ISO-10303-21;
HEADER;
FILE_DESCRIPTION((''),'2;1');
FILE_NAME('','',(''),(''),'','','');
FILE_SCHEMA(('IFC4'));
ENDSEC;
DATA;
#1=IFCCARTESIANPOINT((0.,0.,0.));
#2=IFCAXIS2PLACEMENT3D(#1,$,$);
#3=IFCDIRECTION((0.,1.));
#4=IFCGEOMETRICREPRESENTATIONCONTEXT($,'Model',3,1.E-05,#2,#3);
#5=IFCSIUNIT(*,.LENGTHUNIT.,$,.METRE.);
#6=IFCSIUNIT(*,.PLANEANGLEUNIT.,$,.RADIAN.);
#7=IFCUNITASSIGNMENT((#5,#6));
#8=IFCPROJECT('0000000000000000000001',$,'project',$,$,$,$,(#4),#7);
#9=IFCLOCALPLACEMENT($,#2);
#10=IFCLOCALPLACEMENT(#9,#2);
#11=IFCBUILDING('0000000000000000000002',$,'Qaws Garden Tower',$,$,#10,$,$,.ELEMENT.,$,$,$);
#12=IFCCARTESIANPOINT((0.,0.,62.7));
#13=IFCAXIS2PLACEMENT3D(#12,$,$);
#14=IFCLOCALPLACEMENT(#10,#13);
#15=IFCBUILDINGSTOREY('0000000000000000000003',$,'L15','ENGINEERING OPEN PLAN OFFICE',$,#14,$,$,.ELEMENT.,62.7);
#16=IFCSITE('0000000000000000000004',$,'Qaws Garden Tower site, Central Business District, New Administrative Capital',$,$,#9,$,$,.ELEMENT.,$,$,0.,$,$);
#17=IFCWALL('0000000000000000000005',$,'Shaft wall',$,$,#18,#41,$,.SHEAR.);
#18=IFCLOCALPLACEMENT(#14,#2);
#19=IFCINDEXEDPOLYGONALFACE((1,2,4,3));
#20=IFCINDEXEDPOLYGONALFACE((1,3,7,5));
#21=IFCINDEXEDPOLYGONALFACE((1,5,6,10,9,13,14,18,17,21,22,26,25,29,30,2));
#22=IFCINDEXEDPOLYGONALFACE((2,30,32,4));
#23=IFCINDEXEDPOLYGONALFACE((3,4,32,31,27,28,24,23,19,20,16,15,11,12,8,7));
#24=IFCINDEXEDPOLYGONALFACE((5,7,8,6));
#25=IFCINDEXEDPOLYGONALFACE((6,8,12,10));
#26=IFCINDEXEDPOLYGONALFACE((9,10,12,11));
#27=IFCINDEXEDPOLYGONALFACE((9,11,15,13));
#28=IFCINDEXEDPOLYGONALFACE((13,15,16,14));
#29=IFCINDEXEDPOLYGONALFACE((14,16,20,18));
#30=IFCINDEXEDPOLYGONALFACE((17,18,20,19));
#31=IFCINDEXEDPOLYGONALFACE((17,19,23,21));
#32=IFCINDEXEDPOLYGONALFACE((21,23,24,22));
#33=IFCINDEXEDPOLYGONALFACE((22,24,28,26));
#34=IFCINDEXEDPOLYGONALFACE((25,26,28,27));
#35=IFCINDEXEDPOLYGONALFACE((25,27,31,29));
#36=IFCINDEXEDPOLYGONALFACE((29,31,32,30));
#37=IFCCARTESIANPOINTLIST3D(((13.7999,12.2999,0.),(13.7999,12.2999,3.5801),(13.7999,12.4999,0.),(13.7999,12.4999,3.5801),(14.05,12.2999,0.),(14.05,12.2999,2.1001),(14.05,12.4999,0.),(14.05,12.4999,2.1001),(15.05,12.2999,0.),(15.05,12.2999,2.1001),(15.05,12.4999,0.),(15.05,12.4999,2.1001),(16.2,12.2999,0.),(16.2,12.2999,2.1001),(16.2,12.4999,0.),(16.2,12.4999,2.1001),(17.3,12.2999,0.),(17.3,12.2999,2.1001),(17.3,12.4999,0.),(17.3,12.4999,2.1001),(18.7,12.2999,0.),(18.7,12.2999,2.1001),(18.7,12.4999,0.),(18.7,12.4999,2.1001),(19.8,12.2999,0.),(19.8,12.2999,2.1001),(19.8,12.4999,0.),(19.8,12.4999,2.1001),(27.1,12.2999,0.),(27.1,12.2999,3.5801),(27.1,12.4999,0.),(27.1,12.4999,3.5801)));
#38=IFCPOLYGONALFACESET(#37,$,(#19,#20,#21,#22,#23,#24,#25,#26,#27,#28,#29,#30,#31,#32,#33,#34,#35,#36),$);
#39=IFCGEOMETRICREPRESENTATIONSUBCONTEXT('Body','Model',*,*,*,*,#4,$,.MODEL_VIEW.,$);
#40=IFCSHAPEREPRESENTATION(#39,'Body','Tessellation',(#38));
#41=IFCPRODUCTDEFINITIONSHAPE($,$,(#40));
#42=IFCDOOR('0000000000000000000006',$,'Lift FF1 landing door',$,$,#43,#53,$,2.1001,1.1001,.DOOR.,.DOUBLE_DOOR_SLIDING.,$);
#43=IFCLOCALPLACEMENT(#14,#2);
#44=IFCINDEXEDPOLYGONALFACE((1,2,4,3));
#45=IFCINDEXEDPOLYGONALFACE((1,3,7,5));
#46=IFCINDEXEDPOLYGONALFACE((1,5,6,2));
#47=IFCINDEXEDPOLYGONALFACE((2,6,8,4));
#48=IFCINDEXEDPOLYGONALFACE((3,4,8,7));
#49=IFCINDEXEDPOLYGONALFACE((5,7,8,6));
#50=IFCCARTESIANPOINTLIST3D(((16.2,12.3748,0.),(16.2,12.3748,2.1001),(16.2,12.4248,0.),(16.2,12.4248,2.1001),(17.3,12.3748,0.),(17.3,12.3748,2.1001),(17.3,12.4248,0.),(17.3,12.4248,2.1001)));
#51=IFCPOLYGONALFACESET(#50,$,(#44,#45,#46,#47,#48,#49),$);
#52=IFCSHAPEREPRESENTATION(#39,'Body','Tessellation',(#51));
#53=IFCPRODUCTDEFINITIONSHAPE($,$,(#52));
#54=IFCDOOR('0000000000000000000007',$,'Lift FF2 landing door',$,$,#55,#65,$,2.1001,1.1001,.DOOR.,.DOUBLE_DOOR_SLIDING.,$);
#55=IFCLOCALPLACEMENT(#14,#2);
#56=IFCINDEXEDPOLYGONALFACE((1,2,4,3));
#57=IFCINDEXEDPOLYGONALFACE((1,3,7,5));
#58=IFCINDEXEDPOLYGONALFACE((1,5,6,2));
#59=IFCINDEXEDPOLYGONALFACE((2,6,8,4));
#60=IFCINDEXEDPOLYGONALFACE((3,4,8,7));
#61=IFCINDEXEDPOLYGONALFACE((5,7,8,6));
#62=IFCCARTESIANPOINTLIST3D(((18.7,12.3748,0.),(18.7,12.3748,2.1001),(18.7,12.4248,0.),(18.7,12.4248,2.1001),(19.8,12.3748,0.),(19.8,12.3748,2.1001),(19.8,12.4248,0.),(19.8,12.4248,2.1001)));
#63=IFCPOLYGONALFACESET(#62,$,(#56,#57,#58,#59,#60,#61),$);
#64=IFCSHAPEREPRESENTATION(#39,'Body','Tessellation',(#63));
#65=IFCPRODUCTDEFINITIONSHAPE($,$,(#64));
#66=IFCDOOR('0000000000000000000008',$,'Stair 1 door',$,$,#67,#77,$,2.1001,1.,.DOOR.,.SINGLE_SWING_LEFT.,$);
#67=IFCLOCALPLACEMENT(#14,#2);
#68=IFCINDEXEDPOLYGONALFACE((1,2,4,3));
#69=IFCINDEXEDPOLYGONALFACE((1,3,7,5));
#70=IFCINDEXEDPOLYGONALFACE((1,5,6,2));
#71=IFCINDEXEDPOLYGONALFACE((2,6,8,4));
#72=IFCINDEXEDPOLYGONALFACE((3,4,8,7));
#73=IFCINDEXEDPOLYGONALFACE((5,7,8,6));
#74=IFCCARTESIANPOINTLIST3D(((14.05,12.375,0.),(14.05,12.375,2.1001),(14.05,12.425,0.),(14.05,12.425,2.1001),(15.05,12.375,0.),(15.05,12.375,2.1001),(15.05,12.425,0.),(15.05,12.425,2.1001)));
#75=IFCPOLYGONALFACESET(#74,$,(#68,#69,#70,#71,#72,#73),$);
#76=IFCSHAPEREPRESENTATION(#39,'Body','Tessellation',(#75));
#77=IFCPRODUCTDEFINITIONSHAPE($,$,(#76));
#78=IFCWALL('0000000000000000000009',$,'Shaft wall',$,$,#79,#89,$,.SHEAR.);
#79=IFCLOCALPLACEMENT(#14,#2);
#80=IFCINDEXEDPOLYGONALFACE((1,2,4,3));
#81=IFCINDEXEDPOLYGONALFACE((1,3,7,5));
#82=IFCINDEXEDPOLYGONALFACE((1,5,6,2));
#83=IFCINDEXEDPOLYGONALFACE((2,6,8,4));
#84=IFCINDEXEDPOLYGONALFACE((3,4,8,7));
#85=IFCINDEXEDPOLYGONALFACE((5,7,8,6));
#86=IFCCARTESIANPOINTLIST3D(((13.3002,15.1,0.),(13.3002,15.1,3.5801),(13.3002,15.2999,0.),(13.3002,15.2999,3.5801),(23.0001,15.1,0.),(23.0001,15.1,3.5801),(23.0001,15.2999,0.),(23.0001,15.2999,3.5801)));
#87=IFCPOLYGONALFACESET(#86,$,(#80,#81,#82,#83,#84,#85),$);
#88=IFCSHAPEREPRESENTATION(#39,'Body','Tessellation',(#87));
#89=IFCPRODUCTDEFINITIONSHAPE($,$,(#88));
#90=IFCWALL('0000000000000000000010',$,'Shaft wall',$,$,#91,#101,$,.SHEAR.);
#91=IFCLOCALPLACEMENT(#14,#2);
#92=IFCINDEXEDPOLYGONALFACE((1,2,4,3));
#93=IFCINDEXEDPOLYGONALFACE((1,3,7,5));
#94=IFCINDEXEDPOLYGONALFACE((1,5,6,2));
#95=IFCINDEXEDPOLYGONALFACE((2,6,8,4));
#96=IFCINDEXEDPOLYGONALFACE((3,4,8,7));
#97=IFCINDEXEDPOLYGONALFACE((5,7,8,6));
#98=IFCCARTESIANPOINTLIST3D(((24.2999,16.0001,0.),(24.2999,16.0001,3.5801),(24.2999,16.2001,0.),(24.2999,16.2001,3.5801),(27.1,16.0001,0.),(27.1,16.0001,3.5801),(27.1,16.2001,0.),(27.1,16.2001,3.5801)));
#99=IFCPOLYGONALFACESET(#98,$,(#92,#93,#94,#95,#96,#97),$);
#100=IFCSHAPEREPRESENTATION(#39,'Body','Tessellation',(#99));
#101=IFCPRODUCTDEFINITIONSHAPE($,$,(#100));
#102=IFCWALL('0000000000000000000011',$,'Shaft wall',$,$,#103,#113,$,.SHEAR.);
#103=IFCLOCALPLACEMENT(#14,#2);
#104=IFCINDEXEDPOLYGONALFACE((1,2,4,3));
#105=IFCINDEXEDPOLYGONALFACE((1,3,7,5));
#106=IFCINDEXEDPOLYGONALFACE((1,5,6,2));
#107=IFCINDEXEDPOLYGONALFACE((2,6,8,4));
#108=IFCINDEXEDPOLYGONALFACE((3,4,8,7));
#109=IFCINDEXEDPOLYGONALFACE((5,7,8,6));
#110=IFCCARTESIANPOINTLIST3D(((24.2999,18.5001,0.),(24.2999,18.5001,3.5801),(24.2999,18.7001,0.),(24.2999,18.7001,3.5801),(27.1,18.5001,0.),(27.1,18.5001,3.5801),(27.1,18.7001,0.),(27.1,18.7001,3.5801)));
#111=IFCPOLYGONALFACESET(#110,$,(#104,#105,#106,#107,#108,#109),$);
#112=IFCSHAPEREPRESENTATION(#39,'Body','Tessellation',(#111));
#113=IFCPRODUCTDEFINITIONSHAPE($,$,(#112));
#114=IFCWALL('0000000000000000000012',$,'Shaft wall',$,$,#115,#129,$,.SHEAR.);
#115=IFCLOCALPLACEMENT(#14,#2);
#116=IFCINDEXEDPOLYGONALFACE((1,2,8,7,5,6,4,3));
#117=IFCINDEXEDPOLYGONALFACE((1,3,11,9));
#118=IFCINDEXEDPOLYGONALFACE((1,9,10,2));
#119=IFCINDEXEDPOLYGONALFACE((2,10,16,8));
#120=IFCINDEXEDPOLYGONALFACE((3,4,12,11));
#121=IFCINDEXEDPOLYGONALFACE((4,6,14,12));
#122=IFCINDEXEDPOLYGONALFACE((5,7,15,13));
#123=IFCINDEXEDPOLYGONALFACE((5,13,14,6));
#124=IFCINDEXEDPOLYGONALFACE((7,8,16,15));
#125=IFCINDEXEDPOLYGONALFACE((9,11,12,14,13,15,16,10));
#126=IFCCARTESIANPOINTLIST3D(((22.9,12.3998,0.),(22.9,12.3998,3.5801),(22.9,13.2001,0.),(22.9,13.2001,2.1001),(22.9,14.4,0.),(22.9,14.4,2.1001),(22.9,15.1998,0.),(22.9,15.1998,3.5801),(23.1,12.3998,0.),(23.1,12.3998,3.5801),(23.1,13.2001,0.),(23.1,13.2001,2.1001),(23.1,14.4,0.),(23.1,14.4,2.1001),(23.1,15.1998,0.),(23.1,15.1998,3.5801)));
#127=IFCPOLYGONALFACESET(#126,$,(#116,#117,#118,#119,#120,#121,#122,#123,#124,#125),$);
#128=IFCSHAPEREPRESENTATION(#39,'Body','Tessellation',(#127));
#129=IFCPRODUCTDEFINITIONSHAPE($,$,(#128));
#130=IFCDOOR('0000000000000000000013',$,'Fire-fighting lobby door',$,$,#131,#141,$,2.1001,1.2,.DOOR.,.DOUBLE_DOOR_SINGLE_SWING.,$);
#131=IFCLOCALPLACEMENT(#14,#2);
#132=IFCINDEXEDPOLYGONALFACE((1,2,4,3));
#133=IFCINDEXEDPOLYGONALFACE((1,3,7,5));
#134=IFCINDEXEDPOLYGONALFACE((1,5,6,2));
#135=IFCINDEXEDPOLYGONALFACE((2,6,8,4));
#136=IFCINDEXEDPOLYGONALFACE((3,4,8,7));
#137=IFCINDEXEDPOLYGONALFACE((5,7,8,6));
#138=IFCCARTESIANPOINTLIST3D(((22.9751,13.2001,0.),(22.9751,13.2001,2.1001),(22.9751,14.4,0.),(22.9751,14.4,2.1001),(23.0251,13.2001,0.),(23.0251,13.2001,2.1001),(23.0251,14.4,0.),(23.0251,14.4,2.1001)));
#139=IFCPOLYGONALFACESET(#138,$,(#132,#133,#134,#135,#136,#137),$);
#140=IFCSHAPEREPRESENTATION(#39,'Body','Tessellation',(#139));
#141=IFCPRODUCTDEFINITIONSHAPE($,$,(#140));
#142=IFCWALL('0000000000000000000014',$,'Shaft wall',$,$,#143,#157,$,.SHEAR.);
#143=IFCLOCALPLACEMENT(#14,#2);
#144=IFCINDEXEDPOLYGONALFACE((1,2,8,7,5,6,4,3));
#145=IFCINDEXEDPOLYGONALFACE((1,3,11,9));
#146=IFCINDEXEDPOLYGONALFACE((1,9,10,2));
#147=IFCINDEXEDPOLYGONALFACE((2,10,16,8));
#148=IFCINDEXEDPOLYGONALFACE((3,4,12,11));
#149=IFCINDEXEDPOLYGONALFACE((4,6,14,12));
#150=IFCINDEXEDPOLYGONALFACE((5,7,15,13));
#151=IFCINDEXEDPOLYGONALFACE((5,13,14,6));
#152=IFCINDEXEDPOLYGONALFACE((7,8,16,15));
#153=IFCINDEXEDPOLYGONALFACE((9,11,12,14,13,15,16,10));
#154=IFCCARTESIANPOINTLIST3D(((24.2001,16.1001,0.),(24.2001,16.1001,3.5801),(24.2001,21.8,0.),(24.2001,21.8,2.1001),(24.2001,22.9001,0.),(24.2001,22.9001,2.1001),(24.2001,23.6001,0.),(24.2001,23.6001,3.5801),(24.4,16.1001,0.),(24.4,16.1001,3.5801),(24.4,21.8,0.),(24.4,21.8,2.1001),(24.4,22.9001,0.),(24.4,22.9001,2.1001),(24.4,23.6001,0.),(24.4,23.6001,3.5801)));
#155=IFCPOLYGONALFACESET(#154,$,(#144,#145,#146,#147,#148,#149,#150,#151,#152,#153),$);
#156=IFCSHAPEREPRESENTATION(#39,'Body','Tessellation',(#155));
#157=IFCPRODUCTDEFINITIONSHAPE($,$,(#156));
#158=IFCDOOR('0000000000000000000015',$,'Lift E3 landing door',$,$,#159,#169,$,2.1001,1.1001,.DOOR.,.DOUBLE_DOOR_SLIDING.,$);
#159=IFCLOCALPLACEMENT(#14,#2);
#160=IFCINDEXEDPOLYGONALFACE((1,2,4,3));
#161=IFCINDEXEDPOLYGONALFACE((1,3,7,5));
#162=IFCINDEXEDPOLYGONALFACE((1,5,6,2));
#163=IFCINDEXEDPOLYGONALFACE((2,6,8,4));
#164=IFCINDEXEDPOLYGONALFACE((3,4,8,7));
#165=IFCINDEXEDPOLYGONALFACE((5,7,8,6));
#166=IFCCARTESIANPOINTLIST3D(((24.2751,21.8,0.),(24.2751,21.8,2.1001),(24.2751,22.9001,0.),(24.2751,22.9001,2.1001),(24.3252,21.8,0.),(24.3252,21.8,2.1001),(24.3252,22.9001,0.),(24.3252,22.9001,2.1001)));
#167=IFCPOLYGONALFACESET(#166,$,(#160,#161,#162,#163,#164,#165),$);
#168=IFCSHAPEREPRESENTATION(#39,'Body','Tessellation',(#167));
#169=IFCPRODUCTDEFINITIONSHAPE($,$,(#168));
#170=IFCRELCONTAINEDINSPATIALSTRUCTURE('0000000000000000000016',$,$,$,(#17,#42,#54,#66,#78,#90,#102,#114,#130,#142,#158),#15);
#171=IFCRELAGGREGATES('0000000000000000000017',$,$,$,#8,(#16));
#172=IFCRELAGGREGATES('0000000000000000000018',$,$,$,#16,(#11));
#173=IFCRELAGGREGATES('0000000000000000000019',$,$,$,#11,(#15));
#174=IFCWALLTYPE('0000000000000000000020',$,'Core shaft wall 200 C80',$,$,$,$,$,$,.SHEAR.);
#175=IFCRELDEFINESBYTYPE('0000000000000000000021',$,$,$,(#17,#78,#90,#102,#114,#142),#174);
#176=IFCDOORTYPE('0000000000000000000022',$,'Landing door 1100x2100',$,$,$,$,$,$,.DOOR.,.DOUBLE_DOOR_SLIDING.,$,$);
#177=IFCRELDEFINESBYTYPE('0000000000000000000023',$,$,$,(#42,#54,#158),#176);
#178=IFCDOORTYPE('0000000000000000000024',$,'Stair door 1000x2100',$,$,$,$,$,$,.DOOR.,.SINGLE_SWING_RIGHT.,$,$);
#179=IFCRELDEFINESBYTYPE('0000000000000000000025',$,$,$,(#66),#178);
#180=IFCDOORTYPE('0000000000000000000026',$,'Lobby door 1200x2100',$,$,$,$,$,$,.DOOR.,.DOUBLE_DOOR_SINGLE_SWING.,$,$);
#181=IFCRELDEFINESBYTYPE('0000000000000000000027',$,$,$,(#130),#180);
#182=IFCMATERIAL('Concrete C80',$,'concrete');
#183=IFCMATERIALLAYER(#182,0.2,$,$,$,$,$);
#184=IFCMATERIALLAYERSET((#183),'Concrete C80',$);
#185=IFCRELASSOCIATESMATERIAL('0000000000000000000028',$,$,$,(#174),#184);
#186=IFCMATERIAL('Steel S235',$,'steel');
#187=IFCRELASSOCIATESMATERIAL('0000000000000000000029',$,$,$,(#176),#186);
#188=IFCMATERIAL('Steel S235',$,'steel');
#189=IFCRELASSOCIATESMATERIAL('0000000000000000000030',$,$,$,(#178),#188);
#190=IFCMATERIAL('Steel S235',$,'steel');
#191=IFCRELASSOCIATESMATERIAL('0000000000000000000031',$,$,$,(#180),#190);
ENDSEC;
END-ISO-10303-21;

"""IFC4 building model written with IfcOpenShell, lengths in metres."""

from ifc_helpers import new_model, si_unit, direction, frame, frame_2d, origin, place, context, subcontext, project, spatial, rectangle, extrude, material, layer, layer_set, type_object, element, fill, save


model = new_model("IFC4")

# Units and contexts
model_context = context("Model", 3, precision=1e-05, world=origin(), true_north=direction((0.0, 1.0)))
body_context = subcontext(model_context, "Body", "Model", "MODEL_VIEW")
ifc_project = project(units=[si_unit("LENGTHUNIT", "METRE"), si_unit("PLANEANGLEUNIT", "RADIAN")], contexts=[model_context])

# Site, building, storey
site_placement = place(None, origin())
site = spatial("IfcSite", under=ifc_project, at=site_placement, Name="Qaws Garden Tower site, Central Business District, New Administrative Capital", CompositionType="ELEMENT", RefElevation=0.0)
building_placement = place(site_placement, origin())
building = spatial("IfcBuilding", under=site, at=building_placement, Name="Qaws Garden Tower", CompositionType="ELEMENT")
storey_placement = place(building_placement, frame((0.0, 0.0, 62.7)))
storey = spatial("IfcBuildingStorey", under=building, at=storey_placement, Name="L15", Description="ENGINEERING OPEN PLAN OFFICE", CompositionType="ELEMENT", Elevation=62.7)

# Wall, openings, doors
ifc_material_1 = material(Name="Concrete C80", Category="concrete")
ifc_layer_1 = layer(ifc_material_1, 0.2)
ifc_layer_set_1 = layer_set([ifc_layer_1], Name="Concrete C80")
wall_type_1 = type_object("IfcWallType", Name="Core shaft wall 200 C80", PredefinedType="SHEAR", material=ifc_layer_set_1)
wall_1_placement = place(storey_placement, frame((13.8, 12.3999, 0.0), z_axis=(0.0, 0.0, 1.0), x_axis=(1.0, 0.0, 0.0)))
wall_1 = element("IfcWall", 1, at=wall_1_placement, inside=storey, type_object=wall_type_1, Name="Shaft wall", PredefinedType="SHEAR", context=body_context, shape_type="SweptSolid", body=[
    extrude(rectangle(XDim=13.3, YDim=0.2, at=frame_2d((6.6499, 0.0))), origin(), (0.0, 0.0, 1.0), 3.5801),
])
opening_1_placement = place(wall_1_placement, frame((2.3999, 0.0, 0.0)))
opening_1 = element("IfcOpeningElement", 2, at=opening_1_placement, cuts=wall_1, PredefinedType="OPENING", context=body_context, shape_type="SweptSolid", body=[
    extrude(rectangle(XDim=1.1001, YDim=2.1001, at=frame_2d((0.55, 1.05))), frame((0.0, 0.1099, 0.0), z_axis=(0.0, -1.0, 0.0), x_axis=(1.0, 0.0, 0.0)), (0.0, 0.0, 1.0), 0.22),
])
opening_2_placement = place(wall_1_placement, frame((4.8999, 0.0, 0.0)))
opening_2 = element("IfcOpeningElement", 3, at=opening_2_placement, cuts=wall_1, PredefinedType="OPENING", context=body_context, shape_type="SweptSolid", body=[
    extrude(rectangle(XDim=1.1001, YDim=2.1001, at=frame_2d((0.55, 1.05))), frame((0.0, 0.1099, 0.0), z_axis=(0.0, -1.0, 0.0), x_axis=(1.0, 0.0, 0.0)), (0.0, 0.0, 1.0), 0.22),
])
opening_3_placement = place(wall_1_placement, frame((0.25, 0.0, 0.0)))
opening_3 = element("IfcOpeningElement", 4, at=opening_3_placement, cuts=wall_1, PredefinedType="OPENING", context=body_context, shape_type="SweptSolid", body=[
    extrude(rectangle(XDim=1.0, YDim=2.1001, at=frame_2d((0.5, 1.05))), frame((0.0, 0.1099, 0.0), z_axis=(0.0, -1.0, 0.0), x_axis=(1.0, 0.0, 0.0)), (0.0, 0.0, 1.0), 0.22),
])
ifc_material_2 = material(Name="Steel S235", Category="steel")
door_type_1 = type_object("IfcDoorType", Name="Landing door 1100x2100", OperationType="DOUBLE_DOOR_SLIDING", PredefinedType="DOOR", material=ifc_material_2)
door_1_placement = place(opening_1_placement, origin())
door_1 = element("IfcDoor", 5, at=door_1_placement, inside=storey, type_object=door_type_1, Name="Lift FF1 landing door", OperationType="DOUBLE_DOOR_SLIDING", OverallHeight=2.1001, OverallWidth=1.1001, PredefinedType="DOOR", context=body_context, shape_type="SweptSolid", body=[
    extrude(rectangle(XDim=1.1001, YDim=2.1001, at=frame_2d((0.55, 1.05))), frame((0.0, 0.0249, 0.0), z_axis=(0.0, -1.0, 0.0), x_axis=(1.0, 0.0, 0.0)), (0.0, 0.0, 1.0), 0.05),
])
fill(opening_1, door_1)
door_2_placement = place(opening_2_placement, origin())
door_2 = element("IfcDoor", 6, at=door_2_placement, inside=storey, type_object=door_type_1, Name="Lift FF2 landing door", OperationType="DOUBLE_DOOR_SLIDING", OverallHeight=2.1001, OverallWidth=1.1001, PredefinedType="DOOR", context=body_context, shape_type="SweptSolid", body=[
    extrude(rectangle(XDim=1.1001, YDim=2.1001, at=frame_2d((0.55, 1.05))), frame((0.0, 0.0249, 0.0), z_axis=(0.0, -1.0, 0.0), x_axis=(1.0, 0.0, 0.0)), (0.0, 0.0, 1.0), 0.05),
])
fill(opening_2, door_2)
ifc_material_3 = material(Name="Steel S235", Category="steel")
door_type_2 = type_object("IfcDoorType", Name="Stair door 1000x2100", OperationType="SINGLE_SWING_RIGHT", PredefinedType="DOOR", material=ifc_material_3)
door_3_placement = place(opening_3_placement, frame((1.0, 0.0, 0.0), z_axis=(0.0, 0.0, 1.0), x_axis=(-1.0, 0.0, 0.0)))
door_3 = element("IfcDoor", 7, at=door_3_placement, inside=storey, type_object=door_type_2, Name="Stair 1 door", OperationType="SINGLE_SWING_LEFT", OverallHeight=2.1001, OverallWidth=1.0, PredefinedType="DOOR", context=body_context, shape_type="SweptSolid", body=[
    extrude(rectangle(XDim=1.0, YDim=2.1001, at=frame_2d((0.5, 1.05))), frame((0.0, 0.0249, 0.0), z_axis=(0.0, -1.0, 0.0), x_axis=(1.0, 0.0, 0.0)), (0.0, 0.0, 1.0), 0.05),
])
fill(opening_3, door_3)

# Walls
wall_2_placement = place(storey_placement, frame((13.3, 15.2, 0.0), z_axis=(0.0, 0.0, 1.0), x_axis=(1.0, 0.0, 0.0)))
element("IfcWall", 8, at=wall_2_placement, inside=storey, type_object=wall_type_1, Name="Shaft wall", PredefinedType="SHEAR", context=body_context, shape_type="SweptSolid", body=[
    extrude(rectangle(XDim=9.7, YDim=0.2, at=frame_2d((4.8501, 0.0))), origin(), (0.0, 0.0, 1.0), 3.5801),
])
for number, where, z_axis, x_axis, name in (
    (9, (24.3, 16.1001, 0.0), (0.0, 0.0, 1.0), (1.0, 0.0, 0.0), "Shaft wall"),
    (10, (24.3, 18.6001, 0.0), (0.0, 0.0, 1.0), (1.0, 0.0, 0.0), "Shaft wall"),
):
    element("IfcWall", number, at=place(storey_placement, frame(where, z_axis=z_axis, x_axis=x_axis)), inside=storey, type_object=wall_type_1, Name=name, PredefinedType="SHEAR", context=body_context, shape_type="SweptSolid", body=[
        extrude(rectangle(XDim=2.8, YDim=0.2, at=frame_2d((1.3999, 0.0))), origin(), (0.0, 0.0, 1.0), 3.5801),
    ])

# Walls, openings, doors
wall_3_placement = place(storey_placement, frame((23.0, 12.3999, 0.0), z_axis=(0.0, 0.0, 1.0), x_axis=(0.0, 1.0, 0.0)))
wall_3 = element("IfcWall", 11, at=wall_3_placement, inside=storey, type_object=wall_type_1, Name="Shaft wall", PredefinedType="SHEAR", context=body_context, shape_type="SweptSolid", body=[
    extrude(rectangle(XDim=2.8, YDim=0.2, at=frame_2d((1.3999, 0.0))), origin(), (0.0, 0.0, 1.0), 3.5801),
])
opening_4_placement = place(wall_3_placement, frame((0.8, 0.0, 0.0)))
opening_4 = element("IfcOpeningElement", 12, at=opening_4_placement, cuts=wall_3, PredefinedType="OPENING", context=body_context, shape_type="SweptSolid", body=[
    extrude(rectangle(XDim=1.2, YDim=2.1001, at=frame_2d((0.6001, 1.05))), frame((0.0, 0.1099, 0.0), z_axis=(0.0, -1.0, 0.0), x_axis=(1.0, 0.0, 0.0)), (0.0, 0.0, 1.0), 0.22),
])
ifc_material_4 = material(Name="Steel S235", Category="steel")
door_type_3 = type_object("IfcDoorType", Name="Lobby door 1200x2100", OperationType="DOUBLE_DOOR_SINGLE_SWING", PredefinedType="DOOR", material=ifc_material_4)
door_4_placement = place(opening_4_placement, origin())
door_4 = element("IfcDoor", 13, at=door_4_placement, inside=storey, type_object=door_type_3, Name="Fire-fighting lobby door", OperationType="DOUBLE_DOOR_SINGLE_SWING", OverallHeight=2.1001, OverallWidth=1.2, PredefinedType="DOOR", context=body_context, shape_type="SweptSolid", body=[
    extrude(rectangle(XDim=1.2, YDim=2.1001, at=frame_2d((0.6001, 1.05))), frame((0.0, 0.0249, 0.0), z_axis=(0.0, -1.0, 0.0), x_axis=(1.0, 0.0, 0.0)), (0.0, 0.0, 1.0), 0.05),
])
fill(opening_4, door_4)
wall_4_placement = place(storey_placement, frame((24.3, 16.1001, 0.0), z_axis=(0.0, 0.0, 1.0), x_axis=(0.0, 1.0, 0.0)))
wall_4 = element("IfcWall", 14, at=wall_4_placement, inside=storey, type_object=wall_type_1, Name="Shaft wall", PredefinedType="SHEAR", context=body_context, shape_type="SweptSolid", body=[
    extrude(rectangle(XDim=7.5, YDim=0.2, at=frame_2d((3.75, 0.0))), origin(), (0.0, 0.0, 1.0), 3.5801),
])
opening_5_placement = place(wall_4_placement, frame((5.7, 0.0, 0.0)))
opening_5 = element("IfcOpeningElement", 15, at=opening_5_placement, cuts=wall_4, PredefinedType="OPENING", context=body_context, shape_type="SweptSolid", body=[
    extrude(rectangle(XDim=1.1001, YDim=2.1001, at=frame_2d((0.55, 1.05))), frame((0.0, 0.1099, 0.0), z_axis=(0.0, -1.0, 0.0), x_axis=(1.0, 0.0, 0.0)), (0.0, 0.0, 1.0), 0.22),
])
door_5_placement = place(opening_5_placement, origin())
door_5 = element("IfcDoor", 16, at=door_5_placement, inside=storey, type_object=door_type_1, Name="Lift E3 landing door", OperationType="DOUBLE_DOOR_SLIDING", OverallHeight=2.1001, OverallWidth=1.1001, PredefinedType="DOOR", context=body_context, shape_type="SweptSolid", body=[
    extrude(rectangle(XDim=1.1001, YDim=2.1001, at=frame_2d((0.55, 1.05))), frame((0.0, 0.0249, 0.0), z_axis=(0.0, -1.0, 0.0), x_axis=(1.0, 0.0, 0.0)), (0.0, 0.0, 1.0), 0.05),
])
fill(opening_5, door_5)

save(model, "model.ifc")
